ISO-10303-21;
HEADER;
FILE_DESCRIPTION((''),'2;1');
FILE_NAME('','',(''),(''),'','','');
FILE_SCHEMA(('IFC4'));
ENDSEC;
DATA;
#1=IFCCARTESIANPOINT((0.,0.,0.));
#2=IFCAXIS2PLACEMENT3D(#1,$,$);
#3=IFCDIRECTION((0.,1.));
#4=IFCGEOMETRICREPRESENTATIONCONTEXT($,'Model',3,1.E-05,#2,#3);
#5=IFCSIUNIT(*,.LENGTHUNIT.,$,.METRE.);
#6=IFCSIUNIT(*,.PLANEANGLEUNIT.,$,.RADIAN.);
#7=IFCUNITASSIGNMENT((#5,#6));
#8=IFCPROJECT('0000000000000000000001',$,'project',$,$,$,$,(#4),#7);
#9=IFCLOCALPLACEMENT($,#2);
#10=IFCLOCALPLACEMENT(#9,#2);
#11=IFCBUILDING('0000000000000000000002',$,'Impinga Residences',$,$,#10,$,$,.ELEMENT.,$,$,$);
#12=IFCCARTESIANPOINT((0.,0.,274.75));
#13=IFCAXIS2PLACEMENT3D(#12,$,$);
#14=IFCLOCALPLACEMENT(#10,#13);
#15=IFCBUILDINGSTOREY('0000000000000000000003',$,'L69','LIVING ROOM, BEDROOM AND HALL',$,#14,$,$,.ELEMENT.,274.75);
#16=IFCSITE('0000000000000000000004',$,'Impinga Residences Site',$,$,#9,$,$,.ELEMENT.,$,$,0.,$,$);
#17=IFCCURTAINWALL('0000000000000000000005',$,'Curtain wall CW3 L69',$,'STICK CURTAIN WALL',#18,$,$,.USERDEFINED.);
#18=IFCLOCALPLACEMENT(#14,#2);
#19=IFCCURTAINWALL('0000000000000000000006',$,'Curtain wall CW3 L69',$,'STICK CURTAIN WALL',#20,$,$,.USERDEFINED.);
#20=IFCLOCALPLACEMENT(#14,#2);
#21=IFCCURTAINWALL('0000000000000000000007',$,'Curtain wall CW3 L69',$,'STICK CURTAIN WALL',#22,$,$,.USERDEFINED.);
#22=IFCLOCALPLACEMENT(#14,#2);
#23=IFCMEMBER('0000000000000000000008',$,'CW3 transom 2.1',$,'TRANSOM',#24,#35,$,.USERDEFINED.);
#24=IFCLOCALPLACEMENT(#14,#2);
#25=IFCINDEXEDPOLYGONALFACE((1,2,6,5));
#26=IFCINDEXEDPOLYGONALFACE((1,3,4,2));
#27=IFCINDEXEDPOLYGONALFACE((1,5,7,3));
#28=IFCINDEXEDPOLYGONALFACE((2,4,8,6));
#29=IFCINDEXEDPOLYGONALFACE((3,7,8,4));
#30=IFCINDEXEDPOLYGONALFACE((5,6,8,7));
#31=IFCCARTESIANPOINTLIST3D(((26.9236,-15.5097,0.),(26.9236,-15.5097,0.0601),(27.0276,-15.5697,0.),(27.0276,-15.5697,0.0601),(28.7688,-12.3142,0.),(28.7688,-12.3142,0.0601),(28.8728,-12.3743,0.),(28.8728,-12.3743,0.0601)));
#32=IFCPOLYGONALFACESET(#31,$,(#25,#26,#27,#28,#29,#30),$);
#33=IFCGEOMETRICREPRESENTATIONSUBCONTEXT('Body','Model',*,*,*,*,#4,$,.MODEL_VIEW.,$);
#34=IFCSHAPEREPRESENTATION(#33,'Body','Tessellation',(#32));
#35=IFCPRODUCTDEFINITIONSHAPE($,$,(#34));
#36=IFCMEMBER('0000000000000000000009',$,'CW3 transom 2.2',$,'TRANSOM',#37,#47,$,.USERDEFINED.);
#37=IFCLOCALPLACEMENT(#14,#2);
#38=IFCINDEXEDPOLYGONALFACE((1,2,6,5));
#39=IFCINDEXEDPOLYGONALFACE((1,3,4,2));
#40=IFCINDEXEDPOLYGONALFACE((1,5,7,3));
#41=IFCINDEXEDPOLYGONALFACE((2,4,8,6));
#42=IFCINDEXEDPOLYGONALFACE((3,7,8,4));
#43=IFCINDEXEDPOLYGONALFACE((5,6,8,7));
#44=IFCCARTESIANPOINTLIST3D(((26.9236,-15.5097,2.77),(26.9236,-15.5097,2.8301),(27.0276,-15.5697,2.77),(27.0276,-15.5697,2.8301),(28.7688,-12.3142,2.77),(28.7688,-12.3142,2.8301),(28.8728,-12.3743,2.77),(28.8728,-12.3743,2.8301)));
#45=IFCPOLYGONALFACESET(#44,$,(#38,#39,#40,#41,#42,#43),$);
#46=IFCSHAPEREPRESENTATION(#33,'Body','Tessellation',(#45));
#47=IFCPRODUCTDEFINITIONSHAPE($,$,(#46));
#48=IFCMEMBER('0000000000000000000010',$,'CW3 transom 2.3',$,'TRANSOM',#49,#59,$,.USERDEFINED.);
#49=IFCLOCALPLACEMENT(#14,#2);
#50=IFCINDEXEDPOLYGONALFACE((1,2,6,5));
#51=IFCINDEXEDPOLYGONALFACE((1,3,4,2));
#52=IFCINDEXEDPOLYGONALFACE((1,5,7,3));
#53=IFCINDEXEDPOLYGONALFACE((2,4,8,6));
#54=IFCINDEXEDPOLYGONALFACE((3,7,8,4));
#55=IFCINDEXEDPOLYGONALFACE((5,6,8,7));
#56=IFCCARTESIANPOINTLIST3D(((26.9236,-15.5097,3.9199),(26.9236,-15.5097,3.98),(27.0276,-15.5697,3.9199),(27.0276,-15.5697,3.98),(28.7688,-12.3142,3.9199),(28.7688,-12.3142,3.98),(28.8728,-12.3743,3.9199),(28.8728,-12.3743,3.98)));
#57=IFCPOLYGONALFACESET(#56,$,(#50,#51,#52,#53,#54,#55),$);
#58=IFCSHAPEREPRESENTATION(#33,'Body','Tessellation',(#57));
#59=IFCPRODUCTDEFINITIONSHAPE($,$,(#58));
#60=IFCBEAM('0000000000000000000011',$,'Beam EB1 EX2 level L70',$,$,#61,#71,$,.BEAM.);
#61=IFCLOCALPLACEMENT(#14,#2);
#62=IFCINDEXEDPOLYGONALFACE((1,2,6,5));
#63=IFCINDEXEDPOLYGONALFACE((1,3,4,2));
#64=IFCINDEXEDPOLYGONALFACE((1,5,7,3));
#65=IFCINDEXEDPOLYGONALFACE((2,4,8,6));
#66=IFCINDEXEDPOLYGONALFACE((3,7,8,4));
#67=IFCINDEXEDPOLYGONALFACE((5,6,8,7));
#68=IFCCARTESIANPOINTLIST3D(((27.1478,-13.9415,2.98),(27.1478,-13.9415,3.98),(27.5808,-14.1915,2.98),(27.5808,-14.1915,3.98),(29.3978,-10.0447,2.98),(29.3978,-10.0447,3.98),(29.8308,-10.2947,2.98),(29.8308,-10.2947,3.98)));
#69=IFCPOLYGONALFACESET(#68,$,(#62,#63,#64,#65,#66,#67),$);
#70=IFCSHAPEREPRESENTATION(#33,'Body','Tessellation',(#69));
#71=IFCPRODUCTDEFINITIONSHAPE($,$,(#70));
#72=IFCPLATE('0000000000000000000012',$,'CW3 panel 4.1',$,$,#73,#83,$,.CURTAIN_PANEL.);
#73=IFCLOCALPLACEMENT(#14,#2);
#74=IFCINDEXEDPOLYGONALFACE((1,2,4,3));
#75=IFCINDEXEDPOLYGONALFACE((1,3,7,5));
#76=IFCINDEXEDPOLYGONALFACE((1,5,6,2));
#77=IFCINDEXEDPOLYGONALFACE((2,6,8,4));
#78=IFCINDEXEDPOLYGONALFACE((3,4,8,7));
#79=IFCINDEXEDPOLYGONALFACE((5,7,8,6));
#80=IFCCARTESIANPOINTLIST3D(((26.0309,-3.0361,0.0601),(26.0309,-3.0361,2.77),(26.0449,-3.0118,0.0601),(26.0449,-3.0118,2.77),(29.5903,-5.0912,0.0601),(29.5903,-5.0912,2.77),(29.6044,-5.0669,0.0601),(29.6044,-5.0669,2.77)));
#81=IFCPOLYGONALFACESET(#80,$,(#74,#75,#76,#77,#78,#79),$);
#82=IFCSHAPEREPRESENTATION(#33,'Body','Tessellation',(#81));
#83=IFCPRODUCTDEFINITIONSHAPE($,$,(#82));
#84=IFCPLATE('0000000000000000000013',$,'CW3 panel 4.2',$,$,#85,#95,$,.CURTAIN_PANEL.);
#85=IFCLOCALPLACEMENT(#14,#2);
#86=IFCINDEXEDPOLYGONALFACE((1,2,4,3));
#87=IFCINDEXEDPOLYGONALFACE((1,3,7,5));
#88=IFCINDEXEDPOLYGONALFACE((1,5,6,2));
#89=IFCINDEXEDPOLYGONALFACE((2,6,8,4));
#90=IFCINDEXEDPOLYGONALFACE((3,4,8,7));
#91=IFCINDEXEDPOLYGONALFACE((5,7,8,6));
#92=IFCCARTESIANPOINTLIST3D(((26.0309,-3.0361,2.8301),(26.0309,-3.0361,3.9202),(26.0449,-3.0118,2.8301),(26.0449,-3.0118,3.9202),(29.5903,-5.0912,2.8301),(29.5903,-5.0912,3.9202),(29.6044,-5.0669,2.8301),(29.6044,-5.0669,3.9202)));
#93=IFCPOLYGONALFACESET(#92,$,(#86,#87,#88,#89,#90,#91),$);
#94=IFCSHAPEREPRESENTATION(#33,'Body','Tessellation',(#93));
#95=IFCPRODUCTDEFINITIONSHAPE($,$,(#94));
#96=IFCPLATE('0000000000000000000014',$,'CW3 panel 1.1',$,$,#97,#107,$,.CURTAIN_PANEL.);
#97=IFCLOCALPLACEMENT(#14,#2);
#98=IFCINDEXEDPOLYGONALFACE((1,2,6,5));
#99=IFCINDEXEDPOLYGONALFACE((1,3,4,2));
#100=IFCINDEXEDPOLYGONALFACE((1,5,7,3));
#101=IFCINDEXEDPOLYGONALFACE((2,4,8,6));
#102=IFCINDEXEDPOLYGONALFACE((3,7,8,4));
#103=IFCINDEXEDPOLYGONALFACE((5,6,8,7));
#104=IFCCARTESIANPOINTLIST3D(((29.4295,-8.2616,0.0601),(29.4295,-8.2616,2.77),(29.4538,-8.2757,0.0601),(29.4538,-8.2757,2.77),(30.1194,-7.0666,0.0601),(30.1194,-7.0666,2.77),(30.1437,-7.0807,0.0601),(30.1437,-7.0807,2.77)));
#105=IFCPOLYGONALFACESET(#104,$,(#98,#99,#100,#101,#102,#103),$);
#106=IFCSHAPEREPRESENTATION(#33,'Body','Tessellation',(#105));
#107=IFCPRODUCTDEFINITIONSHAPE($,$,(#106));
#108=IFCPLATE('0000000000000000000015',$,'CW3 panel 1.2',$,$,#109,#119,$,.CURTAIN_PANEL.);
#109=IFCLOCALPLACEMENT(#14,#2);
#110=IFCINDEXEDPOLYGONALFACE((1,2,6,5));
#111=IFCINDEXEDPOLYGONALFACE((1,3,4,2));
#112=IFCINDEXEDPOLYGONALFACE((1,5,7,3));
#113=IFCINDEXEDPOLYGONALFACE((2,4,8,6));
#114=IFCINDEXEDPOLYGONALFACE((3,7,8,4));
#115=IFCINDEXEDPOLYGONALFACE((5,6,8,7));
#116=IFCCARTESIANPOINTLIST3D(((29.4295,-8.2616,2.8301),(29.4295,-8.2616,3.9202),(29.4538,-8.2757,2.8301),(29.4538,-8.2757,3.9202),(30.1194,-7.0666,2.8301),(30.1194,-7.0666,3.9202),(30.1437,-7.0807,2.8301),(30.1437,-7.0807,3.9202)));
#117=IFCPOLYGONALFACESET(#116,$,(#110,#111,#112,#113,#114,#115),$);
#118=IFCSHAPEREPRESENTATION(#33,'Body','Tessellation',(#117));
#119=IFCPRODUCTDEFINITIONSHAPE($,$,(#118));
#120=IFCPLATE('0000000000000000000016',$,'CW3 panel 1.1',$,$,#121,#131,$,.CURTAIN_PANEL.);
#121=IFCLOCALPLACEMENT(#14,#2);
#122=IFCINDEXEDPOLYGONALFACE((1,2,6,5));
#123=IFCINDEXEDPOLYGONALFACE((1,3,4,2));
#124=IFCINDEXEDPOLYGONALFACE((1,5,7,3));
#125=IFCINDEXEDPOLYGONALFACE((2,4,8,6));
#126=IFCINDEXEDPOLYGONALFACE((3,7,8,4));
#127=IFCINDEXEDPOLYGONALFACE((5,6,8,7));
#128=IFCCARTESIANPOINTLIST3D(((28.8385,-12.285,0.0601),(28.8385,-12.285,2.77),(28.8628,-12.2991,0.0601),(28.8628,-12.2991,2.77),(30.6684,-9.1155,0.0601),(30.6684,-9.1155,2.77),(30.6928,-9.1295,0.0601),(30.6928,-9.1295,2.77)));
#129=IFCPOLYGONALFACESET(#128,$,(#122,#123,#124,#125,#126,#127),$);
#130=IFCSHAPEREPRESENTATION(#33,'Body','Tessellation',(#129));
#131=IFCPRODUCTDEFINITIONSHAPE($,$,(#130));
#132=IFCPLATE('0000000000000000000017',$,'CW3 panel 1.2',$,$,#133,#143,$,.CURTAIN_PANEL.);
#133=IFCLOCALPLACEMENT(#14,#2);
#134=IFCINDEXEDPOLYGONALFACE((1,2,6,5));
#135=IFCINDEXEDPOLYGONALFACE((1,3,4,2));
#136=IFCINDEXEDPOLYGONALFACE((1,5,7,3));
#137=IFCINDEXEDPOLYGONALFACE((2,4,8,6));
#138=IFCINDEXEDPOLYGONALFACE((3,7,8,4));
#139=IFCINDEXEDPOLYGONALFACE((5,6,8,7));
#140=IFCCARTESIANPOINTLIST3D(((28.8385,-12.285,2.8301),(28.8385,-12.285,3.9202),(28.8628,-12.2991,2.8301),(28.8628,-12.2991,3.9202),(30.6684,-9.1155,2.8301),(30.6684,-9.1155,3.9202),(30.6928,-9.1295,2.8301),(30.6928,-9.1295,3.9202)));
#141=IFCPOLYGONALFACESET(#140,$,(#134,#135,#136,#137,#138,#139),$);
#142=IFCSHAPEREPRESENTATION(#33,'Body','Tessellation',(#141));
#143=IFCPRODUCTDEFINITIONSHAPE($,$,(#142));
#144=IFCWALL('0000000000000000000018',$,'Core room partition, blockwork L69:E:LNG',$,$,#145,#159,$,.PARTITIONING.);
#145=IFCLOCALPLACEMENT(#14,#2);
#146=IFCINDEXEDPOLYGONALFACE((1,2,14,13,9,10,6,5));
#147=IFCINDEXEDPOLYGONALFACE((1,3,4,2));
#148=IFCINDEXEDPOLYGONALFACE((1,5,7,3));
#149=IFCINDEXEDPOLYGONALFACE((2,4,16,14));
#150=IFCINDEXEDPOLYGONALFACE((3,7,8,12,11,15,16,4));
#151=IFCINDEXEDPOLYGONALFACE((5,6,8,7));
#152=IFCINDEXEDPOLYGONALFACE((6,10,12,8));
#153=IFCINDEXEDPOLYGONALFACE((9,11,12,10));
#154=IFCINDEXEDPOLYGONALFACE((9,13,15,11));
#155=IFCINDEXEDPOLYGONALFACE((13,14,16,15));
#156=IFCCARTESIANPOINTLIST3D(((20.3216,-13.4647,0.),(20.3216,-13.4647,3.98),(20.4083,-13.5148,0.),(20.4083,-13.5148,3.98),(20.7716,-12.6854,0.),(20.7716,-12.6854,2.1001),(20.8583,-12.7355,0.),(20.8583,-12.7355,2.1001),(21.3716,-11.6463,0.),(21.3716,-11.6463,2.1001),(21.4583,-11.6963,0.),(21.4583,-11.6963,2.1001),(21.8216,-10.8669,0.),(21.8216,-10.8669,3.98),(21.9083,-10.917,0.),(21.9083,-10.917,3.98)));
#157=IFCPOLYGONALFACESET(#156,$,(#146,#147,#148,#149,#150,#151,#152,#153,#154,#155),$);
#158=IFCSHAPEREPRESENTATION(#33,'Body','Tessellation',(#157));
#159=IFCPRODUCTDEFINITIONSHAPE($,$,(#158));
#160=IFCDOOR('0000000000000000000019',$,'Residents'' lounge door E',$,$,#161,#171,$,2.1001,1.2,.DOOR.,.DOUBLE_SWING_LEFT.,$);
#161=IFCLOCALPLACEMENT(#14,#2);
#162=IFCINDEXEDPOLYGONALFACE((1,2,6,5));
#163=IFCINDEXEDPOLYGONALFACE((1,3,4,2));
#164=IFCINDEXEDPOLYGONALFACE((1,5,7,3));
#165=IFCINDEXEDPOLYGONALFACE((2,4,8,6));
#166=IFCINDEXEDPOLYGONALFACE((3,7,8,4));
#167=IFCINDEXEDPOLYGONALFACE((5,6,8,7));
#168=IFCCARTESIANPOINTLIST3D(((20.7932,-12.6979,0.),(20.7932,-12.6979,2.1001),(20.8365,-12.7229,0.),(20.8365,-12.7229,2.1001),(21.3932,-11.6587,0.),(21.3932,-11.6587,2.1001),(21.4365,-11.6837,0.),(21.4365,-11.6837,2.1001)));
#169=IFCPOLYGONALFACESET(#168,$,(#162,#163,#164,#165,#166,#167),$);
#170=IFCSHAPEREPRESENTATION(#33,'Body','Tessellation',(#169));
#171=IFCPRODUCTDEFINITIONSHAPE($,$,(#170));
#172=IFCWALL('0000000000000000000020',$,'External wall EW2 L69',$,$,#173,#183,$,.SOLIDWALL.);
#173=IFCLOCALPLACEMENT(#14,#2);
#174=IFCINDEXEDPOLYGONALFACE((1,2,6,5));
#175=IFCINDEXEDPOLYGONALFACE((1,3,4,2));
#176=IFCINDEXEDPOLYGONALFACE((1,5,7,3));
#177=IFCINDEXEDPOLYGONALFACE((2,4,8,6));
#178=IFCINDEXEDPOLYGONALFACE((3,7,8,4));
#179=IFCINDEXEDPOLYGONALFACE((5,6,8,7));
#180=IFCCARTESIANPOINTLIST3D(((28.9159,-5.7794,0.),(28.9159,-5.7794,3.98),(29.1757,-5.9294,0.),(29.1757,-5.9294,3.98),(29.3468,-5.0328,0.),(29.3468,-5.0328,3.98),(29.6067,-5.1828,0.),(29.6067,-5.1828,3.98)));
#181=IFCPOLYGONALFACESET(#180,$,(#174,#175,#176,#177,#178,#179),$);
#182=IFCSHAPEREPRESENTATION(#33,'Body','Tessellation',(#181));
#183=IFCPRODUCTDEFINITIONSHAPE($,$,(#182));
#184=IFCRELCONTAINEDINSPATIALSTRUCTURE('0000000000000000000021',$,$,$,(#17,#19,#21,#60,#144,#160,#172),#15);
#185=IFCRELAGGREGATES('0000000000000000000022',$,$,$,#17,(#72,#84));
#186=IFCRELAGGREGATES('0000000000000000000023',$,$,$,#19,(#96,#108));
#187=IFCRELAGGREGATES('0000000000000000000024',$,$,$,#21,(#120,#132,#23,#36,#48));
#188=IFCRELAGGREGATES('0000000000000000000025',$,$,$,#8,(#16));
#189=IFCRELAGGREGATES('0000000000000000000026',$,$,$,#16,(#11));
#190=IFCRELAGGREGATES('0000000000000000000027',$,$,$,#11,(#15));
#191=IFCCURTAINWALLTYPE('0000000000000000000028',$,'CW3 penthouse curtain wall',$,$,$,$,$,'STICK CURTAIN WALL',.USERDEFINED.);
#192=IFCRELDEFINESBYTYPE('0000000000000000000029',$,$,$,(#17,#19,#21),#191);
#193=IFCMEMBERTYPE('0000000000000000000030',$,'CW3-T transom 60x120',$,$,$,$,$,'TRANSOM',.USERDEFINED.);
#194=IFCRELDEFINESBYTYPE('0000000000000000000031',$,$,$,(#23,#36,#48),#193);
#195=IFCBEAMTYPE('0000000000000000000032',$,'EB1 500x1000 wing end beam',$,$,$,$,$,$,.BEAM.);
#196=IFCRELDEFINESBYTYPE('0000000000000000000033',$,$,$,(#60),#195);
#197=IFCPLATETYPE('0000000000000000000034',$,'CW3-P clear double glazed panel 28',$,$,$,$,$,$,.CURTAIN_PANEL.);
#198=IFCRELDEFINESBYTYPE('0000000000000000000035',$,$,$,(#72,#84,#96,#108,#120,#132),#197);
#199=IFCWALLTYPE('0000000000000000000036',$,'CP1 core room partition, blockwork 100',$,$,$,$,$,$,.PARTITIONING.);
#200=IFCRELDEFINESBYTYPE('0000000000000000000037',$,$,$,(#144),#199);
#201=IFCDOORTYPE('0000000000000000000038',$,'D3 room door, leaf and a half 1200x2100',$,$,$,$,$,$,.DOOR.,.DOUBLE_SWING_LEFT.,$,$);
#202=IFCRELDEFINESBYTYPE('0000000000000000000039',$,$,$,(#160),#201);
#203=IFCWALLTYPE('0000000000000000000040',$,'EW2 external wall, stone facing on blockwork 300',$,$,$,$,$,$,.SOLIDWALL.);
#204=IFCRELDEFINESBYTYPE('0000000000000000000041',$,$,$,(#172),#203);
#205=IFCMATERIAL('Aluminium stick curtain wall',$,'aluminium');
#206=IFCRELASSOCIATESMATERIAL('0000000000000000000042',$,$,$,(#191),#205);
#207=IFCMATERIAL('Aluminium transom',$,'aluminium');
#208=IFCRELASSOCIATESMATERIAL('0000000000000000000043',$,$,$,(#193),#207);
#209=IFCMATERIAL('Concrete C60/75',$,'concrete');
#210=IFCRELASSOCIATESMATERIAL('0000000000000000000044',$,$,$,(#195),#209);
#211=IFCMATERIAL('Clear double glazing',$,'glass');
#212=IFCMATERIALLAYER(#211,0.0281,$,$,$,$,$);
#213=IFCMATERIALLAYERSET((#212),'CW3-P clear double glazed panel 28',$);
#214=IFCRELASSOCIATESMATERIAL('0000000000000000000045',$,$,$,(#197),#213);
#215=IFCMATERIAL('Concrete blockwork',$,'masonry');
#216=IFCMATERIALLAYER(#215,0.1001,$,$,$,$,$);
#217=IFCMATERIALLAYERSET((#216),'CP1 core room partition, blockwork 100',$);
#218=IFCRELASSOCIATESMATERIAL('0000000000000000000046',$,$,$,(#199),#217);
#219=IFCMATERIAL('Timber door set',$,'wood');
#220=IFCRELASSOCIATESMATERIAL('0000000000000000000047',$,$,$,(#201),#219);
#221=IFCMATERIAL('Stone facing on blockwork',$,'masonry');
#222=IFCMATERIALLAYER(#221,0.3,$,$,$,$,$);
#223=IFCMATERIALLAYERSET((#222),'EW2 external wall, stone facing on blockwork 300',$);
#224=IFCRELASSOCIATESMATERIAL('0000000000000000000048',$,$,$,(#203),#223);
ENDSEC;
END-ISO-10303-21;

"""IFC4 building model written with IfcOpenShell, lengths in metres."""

from ifc_helpers import new_model, si_unit, direction, frame, frame_2d, origin, origin_2d, place, context, subcontext, project, spatial, rectangle, extrude, material, layer, layer_set, material_profile, profile_set, type_object, element, fill, aggregate, save


model = new_model("IFC4")

# Units and contexts
model_context = context("Model", 3, precision=1e-05, world=origin(), true_north=direction((0.0, 1.0)))
body_context = subcontext(model_context, "Body", "Model", "MODEL_VIEW")
ifc_project = project(units=[si_unit("LENGTHUNIT", "METRE"), si_unit("PLANEANGLEUNIT", "RADIAN")], contexts=[model_context])

# Site, building, storey
site_placement = place(None, origin())
site = spatial("IfcSite", under=ifc_project, at=site_placement, Name="Impinga Residences Site", CompositionType="ELEMENT", RefElevation=0.0)
building_placement = place(site_placement, origin())
building = spatial("IfcBuilding", under=site, at=building_placement, Name="Impinga Residences", CompositionType="ELEMENT")
storey_placement = place(building_placement, frame((0.0, 0.0, 274.75)))
storey = spatial("IfcBuildingStorey", under=building, at=storey_placement, Name="L69", Description="LIVING ROOM, BEDROOM AND HALL", CompositionType="ELEMENT", Elevation=274.75)

# Shared definitions
ifc_material_1 = material(Name="Concrete C60/75", Category="concrete")

# Curtain wall
ifc_material_2 = material(Name="Aluminium stick curtain wall", Category="aluminium")
curtain_wall_type = type_object("IfcCurtainWallType", Name="CW3 penthouse curtain wall", ElementType="STICK CURTAIN WALL", PredefinedType="USERDEFINED", material=ifc_material_2)
curtain_wall_1_placement = place(storey_placement, origin())
curtain_wall_1 = element("IfcCurtainWall", 1, at=curtain_wall_1_placement, inside=storey, type_object=curtain_wall_type, Name="Curtain wall CW3 L69", ObjectType="STICK CURTAIN WALL", PredefinedType="USERDEFINED")

# Curtain walls
curtain_wall_2_placement = place(storey_placement, origin())
curtain_wall_2 = element("IfcCurtainWall", 2, at=curtain_wall_2_placement, inside=storey, type_object=curtain_wall_type, Name="Curtain wall CW3 L69", ObjectType="STICK CURTAIN WALL", PredefinedType="USERDEFINED")
curtain_wall_3_placement = place(storey_placement, origin())
curtain_wall_3 = element("IfcCurtainWall", 3, at=curtain_wall_3_placement, inside=storey, type_object=curtain_wall_type, Name="Curtain wall CW3 L69", ObjectType="STICK CURTAIN WALL", PredefinedType="USERDEFINED")

# Members
ifc_material_3 = material(Name="Aluminium transom", Category="aluminium")
ifc_material_profile_1 = material_profile(ifc_material_3, rectangle(XDim=0.0601, YDim=0.1201, at=origin_2d()), Name="60x120 transom")
ifc_profile_set_1 = profile_set([ifc_material_profile_1], Name="Aluminium transom")
member_type_1 = type_object("IfcMemberType", Name="CW3-T transom 60x120", ElementType="TRANSOM", PredefinedType="USERDEFINED", material=ifc_profile_set_1)
member_1_placement = place(storey_placement, frame((28.8208, -12.3442, 0.03), z_axis=(-0.500053, -0.865995, 0.0), x_axis=(0.0, 0.0, 1.0)))
member_1 = element("IfcMember", 4, at=member_1_placement, type_object=member_type_1, Name="CW3 transom 2.1", ObjectType="TRANSOM", PredefinedType="USERDEFINED", context=body_context, shape_type="SweptSolid", body=[
    extrude(rectangle(XDim=0.0601, YDim=0.1201, at=origin_2d()), origin(), (0.0, 0.0, 1.0), 3.6899),
])
member_2_placement = place(storey_placement, frame((28.8208, -12.3442, 2.8), z_axis=(-0.500053, -0.865995, 0.0), x_axis=(0.0, 0.0, 1.0)))
member_2 = element("IfcMember", 5, at=member_2_placement, type_object=member_type_1, Name="CW3 transom 2.2", ObjectType="TRANSOM", PredefinedType="USERDEFINED", context=body_context, shape_type="SweptSolid", body=[
    extrude(rectangle(XDim=0.0601, YDim=0.1201, at=origin_2d()), origin(), (0.0, 0.0, 1.0), 3.6899),
])
member_3_placement = place(storey_placement, frame((28.8208, -12.3442, 3.95), z_axis=(-0.500053, -0.865995, 0.0), x_axis=(0.0, 0.0, 1.0)))
member_3 = element("IfcMember", 6, at=member_3_placement, type_object=member_type_1, Name="CW3 transom 2.3", ObjectType="TRANSOM", PredefinedType="USERDEFINED", context=body_context, shape_type="SweptSolid", body=[
    extrude(rectangle(XDim=0.0601, YDim=0.1201, at=origin_2d()), origin(), (0.0, 0.0, 1.0), 3.6899),
])

# Beam
ifc_material_profile_2 = material_profile(ifc_material_1, rectangle(XDim=0.5, YDim=1.0, at=origin_2d()), Name="RC 500x1000")
ifc_profile_set_2 = profile_set([ifc_material_profile_2], Name="Concrete C60/75")
beam_type_1 = type_object("IfcBeamType", Name="EB1 500x1000 wing end beam", PredefinedType="BEAM", material=ifc_profile_set_2)
beam_1_placement = place(storey_placement, frame((29.6143, -10.1697, 3.48), z_axis=(-0.500014, -0.866018, 0.0), x_axis=(0.866018, -0.500014, 0.0)))
element("IfcBeam", 7, at=beam_1_placement, inside=storey, type_object=beam_type_1, Name="Beam EB1 EX2 level L70", PredefinedType="BEAM", context=body_context, shape_type="SweptSolid", body=[
    extrude(rectangle(XDim=0.5, YDim=1.0, at=origin_2d()), origin(), (0.0, 0.0, 1.0), 4.4998),
])

# Plates
ifc_material_4 = material(Name="Clear double glazing", Category="glass")
ifc_layer_1 = layer(ifc_material_4, 0.0281)
ifc_layer_set_1 = layer_set([ifc_layer_1], Name="CW3-P clear double glazed panel 28")
plate_type = type_object("IfcPlateType", Name="CW3-P clear double glazed panel 28", PredefinedType="CURTAIN_PANEL", material=ifc_layer_set_1)
plate_1_placement = place(storey_placement, frame((27.8176, -4.0515, 0.0601), z_axis=(0.0, 0.0, 1.0), x_axis=(0.866025, -0.5, 0.0)))
plate_1 = element("IfcPlate", 8, at=plate_1_placement, type_object=plate_type, Name="CW3 panel 4.1", PredefinedType="CURTAIN_PANEL", context=body_context, shape_type="SweptSolid", body=[
    extrude(rectangle(XDim=4.1101, YDim=0.0281, at=origin_2d()), origin(), (0.0, 0.0, 1.0), 2.71),
])
plate_2_placement = place(storey_placement, frame((27.8176, -4.0515, 2.8301), z_axis=(0.0, 0.0, 1.0), x_axis=(0.866025, -0.5, 0.0)))
plate_2 = element("IfcPlate", 9, at=plate_2_placement, type_object=plate_type, Name="CW3 panel 4.2", PredefinedType="CURTAIN_PANEL", context=body_context, shape_type="SweptSolid", body=[
    extrude(rectangle(XDim=4.1101, YDim=0.0281, at=origin_2d()), origin(), (0.0, 0.0, 1.0), 1.0901),
])
aggregate(curtain_wall_1, [plate_1, plate_2])
plate_3_placement = place(storey_placement, frame((29.7866, -7.6711, 0.0601), z_axis=(0.0, 0.0, 1.0), x_axis=(-0.5, -0.866025, 0.0)))
plate_3 = element("IfcPlate", 10, at=plate_3_placement, type_object=plate_type, Name="CW3 panel 1.1", PredefinedType="CURTAIN_PANEL", context=body_context, shape_type="SweptSolid", body=[
    extrude(rectangle(XDim=1.3799, YDim=0.0281, at=origin_2d()), origin(), (0.0, 0.0, 1.0), 2.71),
])
plate_4_placement = place(storey_placement, frame((29.7866, -7.6711, 2.8301), z_axis=(0.0, 0.0, 1.0), x_axis=(-0.5, -0.866025, 0.0)))
plate_4 = element("IfcPlate", 11, at=plate_4_placement, type_object=plate_type, Name="CW3 panel 1.2", PredefinedType="CURTAIN_PANEL", context=body_context, shape_type="SweptSolid", body=[
    extrude(rectangle(XDim=1.3799, YDim=0.0281, at=origin_2d()), origin(), (0.0, 0.0, 1.0), 1.0901),
])
aggregate(curtain_wall_2, [plate_3, plate_4])
plate_5_placement = place(storey_placement, frame((29.7656, -10.7073, 0.0601), z_axis=(0.0, 0.0, 1.0), x_axis=(-0.5, -0.866025, 0.0)))
plate_5 = element("IfcPlate", 12, at=plate_5_placement, type_object=plate_type, Name="CW3 panel 1.1", PredefinedType="CURTAIN_PANEL", context=body_context, shape_type="SweptSolid", body=[
    extrude(rectangle(XDim=3.6599, YDim=0.0281, at=origin_2d()), origin(), (0.0, 0.0, 1.0), 2.71),
])
plate_6_placement = place(storey_placement, frame((29.7656, -10.7073, 2.8301), z_axis=(0.0, 0.0, 1.0), x_axis=(-0.5, -0.866025, 0.0)))
plate_6 = element("IfcPlate", 13, at=plate_6_placement, type_object=plate_type, Name="CW3 panel 1.2", PredefinedType="CURTAIN_PANEL", context=body_context, shape_type="SweptSolid", body=[
    extrude(rectangle(XDim=3.6599, YDim=0.0281, at=origin_2d()), origin(), (0.0, 0.0, 1.0), 1.0901),
])
aggregate(curtain_wall_3, [plate_5, plate_6, member_1, member_2, member_3])

# Wall, opening, door
ifc_material_5 = material(Name="Concrete blockwork", Category="masonry")
ifc_layer_2 = layer(ifc_material_5, 0.1001)
ifc_layer_set_2 = layer_set([ifc_layer_2], Name="CP1 core room partition, blockwork 100")
wall_type_1 = type_object("IfcWallType", Name="CP1 core room partition, blockwork 100", PredefinedType="PARTITIONING", material=ifc_layer_set_2)
wall_1_placement = place(storey_placement, frame((21.865, -10.8918, 0.0), z_axis=(0.0, 0.0, 1.0), x_axis=(-0.500025, -0.866011, 0.0)))
wall_1 = element("IfcWall", 14, at=wall_1_placement, inside=storey, type_object=wall_type_1, Name="Core room partition, blockwork L69:E:LNG", PredefinedType="PARTITIONING", context=body_context, shape_type="SweptSolid", body=[
    extrude(rectangle(XDim=2.9998, YDim=0.1001, at=frame_2d((1.5, 0.0))), origin(), (0.0, 0.0, 1.0), 3.98),
])
opening_1_placement = place(wall_1_placement, frame((0.8999, 0.0, 0.0)))
opening_1 = element("IfcOpeningElement", 15, at=opening_1_placement, cuts=wall_1, PredefinedType="OPENING", context=body_context, shape_type="SweptSolid", body=[
    extrude(rectangle(XDim=1.2, YDim=2.1001, at=frame_2d((0.6001, 1.05))), frame((0.0, 0.0601, 0.0), z_axis=(0.0, -1.0, 0.0), x_axis=(1.0, 0.0, 0.0)), (0.0, 0.0, 1.0), 0.1201),
])
ifc_material_6 = material(Name="Timber door set", Category="wood")
door_type_1 = type_object("IfcDoorType", Name="D3 room door, leaf and a half 1200x2100", OperationType="DOUBLE_SWING_LEFT", PredefinedType="DOOR", material=ifc_material_6)
door_1_placement = place(opening_1_placement, origin())
door_1 = element("IfcDoor", 16, at=door_1_placement, inside=storey, type_object=door_type_1, Name="Residents' lounge door E", OperationType="DOUBLE_SWING_LEFT", OverallHeight=2.1001, OverallWidth=1.2, PredefinedType="DOOR", context=body_context, shape_type="SweptSolid", body=[
    extrude(rectangle(XDim=1.2, YDim=2.1001, at=frame_2d((0.6001, 1.05))), frame((0.0, 0.0249, 0.0), z_axis=(0.0, -1.0, 0.0), x_axis=(1.0, 0.0, 0.0)), (0.0, 0.0, 1.0), 0.05),
])
fill(opening_1, door_1)

# Wall
ifc_material_7 = material(Name="Stone facing on blockwork", Category="masonry")
ifc_layer_3 = layer(ifc_material_7, 0.3)
ifc_layer_set_3 = layer_set([ifc_layer_3], Name="EW2 external wall, stone facing on blockwork 300")
wall_type_2 = type_object("IfcWallType", Name="EW2 external wall, stone facing on blockwork 300", PredefinedType="SOLIDWALL", material=ifc_layer_set_3)
wall_2_placement = place(storey_placement, frame((29.4768, -5.1077, 0.0), z_axis=(0.0, 0.0, 1.0), x_axis=(-0.499886, -0.866091, 0.0)))
element("IfcWall", 17, at=wall_2_placement, inside=storey, type_object=wall_type_2, Name="External wall EW2 L69", PredefinedType="SOLIDWALL", context=body_context, shape_type="SweptSolid", body=[
    extrude(rectangle(XDim=0.8621, YDim=0.3, at=frame_2d((0.4312, 0.0))), origin(), (0.0, 0.0, 1.0), 3.98),
])

save(model, "model.ifc")
